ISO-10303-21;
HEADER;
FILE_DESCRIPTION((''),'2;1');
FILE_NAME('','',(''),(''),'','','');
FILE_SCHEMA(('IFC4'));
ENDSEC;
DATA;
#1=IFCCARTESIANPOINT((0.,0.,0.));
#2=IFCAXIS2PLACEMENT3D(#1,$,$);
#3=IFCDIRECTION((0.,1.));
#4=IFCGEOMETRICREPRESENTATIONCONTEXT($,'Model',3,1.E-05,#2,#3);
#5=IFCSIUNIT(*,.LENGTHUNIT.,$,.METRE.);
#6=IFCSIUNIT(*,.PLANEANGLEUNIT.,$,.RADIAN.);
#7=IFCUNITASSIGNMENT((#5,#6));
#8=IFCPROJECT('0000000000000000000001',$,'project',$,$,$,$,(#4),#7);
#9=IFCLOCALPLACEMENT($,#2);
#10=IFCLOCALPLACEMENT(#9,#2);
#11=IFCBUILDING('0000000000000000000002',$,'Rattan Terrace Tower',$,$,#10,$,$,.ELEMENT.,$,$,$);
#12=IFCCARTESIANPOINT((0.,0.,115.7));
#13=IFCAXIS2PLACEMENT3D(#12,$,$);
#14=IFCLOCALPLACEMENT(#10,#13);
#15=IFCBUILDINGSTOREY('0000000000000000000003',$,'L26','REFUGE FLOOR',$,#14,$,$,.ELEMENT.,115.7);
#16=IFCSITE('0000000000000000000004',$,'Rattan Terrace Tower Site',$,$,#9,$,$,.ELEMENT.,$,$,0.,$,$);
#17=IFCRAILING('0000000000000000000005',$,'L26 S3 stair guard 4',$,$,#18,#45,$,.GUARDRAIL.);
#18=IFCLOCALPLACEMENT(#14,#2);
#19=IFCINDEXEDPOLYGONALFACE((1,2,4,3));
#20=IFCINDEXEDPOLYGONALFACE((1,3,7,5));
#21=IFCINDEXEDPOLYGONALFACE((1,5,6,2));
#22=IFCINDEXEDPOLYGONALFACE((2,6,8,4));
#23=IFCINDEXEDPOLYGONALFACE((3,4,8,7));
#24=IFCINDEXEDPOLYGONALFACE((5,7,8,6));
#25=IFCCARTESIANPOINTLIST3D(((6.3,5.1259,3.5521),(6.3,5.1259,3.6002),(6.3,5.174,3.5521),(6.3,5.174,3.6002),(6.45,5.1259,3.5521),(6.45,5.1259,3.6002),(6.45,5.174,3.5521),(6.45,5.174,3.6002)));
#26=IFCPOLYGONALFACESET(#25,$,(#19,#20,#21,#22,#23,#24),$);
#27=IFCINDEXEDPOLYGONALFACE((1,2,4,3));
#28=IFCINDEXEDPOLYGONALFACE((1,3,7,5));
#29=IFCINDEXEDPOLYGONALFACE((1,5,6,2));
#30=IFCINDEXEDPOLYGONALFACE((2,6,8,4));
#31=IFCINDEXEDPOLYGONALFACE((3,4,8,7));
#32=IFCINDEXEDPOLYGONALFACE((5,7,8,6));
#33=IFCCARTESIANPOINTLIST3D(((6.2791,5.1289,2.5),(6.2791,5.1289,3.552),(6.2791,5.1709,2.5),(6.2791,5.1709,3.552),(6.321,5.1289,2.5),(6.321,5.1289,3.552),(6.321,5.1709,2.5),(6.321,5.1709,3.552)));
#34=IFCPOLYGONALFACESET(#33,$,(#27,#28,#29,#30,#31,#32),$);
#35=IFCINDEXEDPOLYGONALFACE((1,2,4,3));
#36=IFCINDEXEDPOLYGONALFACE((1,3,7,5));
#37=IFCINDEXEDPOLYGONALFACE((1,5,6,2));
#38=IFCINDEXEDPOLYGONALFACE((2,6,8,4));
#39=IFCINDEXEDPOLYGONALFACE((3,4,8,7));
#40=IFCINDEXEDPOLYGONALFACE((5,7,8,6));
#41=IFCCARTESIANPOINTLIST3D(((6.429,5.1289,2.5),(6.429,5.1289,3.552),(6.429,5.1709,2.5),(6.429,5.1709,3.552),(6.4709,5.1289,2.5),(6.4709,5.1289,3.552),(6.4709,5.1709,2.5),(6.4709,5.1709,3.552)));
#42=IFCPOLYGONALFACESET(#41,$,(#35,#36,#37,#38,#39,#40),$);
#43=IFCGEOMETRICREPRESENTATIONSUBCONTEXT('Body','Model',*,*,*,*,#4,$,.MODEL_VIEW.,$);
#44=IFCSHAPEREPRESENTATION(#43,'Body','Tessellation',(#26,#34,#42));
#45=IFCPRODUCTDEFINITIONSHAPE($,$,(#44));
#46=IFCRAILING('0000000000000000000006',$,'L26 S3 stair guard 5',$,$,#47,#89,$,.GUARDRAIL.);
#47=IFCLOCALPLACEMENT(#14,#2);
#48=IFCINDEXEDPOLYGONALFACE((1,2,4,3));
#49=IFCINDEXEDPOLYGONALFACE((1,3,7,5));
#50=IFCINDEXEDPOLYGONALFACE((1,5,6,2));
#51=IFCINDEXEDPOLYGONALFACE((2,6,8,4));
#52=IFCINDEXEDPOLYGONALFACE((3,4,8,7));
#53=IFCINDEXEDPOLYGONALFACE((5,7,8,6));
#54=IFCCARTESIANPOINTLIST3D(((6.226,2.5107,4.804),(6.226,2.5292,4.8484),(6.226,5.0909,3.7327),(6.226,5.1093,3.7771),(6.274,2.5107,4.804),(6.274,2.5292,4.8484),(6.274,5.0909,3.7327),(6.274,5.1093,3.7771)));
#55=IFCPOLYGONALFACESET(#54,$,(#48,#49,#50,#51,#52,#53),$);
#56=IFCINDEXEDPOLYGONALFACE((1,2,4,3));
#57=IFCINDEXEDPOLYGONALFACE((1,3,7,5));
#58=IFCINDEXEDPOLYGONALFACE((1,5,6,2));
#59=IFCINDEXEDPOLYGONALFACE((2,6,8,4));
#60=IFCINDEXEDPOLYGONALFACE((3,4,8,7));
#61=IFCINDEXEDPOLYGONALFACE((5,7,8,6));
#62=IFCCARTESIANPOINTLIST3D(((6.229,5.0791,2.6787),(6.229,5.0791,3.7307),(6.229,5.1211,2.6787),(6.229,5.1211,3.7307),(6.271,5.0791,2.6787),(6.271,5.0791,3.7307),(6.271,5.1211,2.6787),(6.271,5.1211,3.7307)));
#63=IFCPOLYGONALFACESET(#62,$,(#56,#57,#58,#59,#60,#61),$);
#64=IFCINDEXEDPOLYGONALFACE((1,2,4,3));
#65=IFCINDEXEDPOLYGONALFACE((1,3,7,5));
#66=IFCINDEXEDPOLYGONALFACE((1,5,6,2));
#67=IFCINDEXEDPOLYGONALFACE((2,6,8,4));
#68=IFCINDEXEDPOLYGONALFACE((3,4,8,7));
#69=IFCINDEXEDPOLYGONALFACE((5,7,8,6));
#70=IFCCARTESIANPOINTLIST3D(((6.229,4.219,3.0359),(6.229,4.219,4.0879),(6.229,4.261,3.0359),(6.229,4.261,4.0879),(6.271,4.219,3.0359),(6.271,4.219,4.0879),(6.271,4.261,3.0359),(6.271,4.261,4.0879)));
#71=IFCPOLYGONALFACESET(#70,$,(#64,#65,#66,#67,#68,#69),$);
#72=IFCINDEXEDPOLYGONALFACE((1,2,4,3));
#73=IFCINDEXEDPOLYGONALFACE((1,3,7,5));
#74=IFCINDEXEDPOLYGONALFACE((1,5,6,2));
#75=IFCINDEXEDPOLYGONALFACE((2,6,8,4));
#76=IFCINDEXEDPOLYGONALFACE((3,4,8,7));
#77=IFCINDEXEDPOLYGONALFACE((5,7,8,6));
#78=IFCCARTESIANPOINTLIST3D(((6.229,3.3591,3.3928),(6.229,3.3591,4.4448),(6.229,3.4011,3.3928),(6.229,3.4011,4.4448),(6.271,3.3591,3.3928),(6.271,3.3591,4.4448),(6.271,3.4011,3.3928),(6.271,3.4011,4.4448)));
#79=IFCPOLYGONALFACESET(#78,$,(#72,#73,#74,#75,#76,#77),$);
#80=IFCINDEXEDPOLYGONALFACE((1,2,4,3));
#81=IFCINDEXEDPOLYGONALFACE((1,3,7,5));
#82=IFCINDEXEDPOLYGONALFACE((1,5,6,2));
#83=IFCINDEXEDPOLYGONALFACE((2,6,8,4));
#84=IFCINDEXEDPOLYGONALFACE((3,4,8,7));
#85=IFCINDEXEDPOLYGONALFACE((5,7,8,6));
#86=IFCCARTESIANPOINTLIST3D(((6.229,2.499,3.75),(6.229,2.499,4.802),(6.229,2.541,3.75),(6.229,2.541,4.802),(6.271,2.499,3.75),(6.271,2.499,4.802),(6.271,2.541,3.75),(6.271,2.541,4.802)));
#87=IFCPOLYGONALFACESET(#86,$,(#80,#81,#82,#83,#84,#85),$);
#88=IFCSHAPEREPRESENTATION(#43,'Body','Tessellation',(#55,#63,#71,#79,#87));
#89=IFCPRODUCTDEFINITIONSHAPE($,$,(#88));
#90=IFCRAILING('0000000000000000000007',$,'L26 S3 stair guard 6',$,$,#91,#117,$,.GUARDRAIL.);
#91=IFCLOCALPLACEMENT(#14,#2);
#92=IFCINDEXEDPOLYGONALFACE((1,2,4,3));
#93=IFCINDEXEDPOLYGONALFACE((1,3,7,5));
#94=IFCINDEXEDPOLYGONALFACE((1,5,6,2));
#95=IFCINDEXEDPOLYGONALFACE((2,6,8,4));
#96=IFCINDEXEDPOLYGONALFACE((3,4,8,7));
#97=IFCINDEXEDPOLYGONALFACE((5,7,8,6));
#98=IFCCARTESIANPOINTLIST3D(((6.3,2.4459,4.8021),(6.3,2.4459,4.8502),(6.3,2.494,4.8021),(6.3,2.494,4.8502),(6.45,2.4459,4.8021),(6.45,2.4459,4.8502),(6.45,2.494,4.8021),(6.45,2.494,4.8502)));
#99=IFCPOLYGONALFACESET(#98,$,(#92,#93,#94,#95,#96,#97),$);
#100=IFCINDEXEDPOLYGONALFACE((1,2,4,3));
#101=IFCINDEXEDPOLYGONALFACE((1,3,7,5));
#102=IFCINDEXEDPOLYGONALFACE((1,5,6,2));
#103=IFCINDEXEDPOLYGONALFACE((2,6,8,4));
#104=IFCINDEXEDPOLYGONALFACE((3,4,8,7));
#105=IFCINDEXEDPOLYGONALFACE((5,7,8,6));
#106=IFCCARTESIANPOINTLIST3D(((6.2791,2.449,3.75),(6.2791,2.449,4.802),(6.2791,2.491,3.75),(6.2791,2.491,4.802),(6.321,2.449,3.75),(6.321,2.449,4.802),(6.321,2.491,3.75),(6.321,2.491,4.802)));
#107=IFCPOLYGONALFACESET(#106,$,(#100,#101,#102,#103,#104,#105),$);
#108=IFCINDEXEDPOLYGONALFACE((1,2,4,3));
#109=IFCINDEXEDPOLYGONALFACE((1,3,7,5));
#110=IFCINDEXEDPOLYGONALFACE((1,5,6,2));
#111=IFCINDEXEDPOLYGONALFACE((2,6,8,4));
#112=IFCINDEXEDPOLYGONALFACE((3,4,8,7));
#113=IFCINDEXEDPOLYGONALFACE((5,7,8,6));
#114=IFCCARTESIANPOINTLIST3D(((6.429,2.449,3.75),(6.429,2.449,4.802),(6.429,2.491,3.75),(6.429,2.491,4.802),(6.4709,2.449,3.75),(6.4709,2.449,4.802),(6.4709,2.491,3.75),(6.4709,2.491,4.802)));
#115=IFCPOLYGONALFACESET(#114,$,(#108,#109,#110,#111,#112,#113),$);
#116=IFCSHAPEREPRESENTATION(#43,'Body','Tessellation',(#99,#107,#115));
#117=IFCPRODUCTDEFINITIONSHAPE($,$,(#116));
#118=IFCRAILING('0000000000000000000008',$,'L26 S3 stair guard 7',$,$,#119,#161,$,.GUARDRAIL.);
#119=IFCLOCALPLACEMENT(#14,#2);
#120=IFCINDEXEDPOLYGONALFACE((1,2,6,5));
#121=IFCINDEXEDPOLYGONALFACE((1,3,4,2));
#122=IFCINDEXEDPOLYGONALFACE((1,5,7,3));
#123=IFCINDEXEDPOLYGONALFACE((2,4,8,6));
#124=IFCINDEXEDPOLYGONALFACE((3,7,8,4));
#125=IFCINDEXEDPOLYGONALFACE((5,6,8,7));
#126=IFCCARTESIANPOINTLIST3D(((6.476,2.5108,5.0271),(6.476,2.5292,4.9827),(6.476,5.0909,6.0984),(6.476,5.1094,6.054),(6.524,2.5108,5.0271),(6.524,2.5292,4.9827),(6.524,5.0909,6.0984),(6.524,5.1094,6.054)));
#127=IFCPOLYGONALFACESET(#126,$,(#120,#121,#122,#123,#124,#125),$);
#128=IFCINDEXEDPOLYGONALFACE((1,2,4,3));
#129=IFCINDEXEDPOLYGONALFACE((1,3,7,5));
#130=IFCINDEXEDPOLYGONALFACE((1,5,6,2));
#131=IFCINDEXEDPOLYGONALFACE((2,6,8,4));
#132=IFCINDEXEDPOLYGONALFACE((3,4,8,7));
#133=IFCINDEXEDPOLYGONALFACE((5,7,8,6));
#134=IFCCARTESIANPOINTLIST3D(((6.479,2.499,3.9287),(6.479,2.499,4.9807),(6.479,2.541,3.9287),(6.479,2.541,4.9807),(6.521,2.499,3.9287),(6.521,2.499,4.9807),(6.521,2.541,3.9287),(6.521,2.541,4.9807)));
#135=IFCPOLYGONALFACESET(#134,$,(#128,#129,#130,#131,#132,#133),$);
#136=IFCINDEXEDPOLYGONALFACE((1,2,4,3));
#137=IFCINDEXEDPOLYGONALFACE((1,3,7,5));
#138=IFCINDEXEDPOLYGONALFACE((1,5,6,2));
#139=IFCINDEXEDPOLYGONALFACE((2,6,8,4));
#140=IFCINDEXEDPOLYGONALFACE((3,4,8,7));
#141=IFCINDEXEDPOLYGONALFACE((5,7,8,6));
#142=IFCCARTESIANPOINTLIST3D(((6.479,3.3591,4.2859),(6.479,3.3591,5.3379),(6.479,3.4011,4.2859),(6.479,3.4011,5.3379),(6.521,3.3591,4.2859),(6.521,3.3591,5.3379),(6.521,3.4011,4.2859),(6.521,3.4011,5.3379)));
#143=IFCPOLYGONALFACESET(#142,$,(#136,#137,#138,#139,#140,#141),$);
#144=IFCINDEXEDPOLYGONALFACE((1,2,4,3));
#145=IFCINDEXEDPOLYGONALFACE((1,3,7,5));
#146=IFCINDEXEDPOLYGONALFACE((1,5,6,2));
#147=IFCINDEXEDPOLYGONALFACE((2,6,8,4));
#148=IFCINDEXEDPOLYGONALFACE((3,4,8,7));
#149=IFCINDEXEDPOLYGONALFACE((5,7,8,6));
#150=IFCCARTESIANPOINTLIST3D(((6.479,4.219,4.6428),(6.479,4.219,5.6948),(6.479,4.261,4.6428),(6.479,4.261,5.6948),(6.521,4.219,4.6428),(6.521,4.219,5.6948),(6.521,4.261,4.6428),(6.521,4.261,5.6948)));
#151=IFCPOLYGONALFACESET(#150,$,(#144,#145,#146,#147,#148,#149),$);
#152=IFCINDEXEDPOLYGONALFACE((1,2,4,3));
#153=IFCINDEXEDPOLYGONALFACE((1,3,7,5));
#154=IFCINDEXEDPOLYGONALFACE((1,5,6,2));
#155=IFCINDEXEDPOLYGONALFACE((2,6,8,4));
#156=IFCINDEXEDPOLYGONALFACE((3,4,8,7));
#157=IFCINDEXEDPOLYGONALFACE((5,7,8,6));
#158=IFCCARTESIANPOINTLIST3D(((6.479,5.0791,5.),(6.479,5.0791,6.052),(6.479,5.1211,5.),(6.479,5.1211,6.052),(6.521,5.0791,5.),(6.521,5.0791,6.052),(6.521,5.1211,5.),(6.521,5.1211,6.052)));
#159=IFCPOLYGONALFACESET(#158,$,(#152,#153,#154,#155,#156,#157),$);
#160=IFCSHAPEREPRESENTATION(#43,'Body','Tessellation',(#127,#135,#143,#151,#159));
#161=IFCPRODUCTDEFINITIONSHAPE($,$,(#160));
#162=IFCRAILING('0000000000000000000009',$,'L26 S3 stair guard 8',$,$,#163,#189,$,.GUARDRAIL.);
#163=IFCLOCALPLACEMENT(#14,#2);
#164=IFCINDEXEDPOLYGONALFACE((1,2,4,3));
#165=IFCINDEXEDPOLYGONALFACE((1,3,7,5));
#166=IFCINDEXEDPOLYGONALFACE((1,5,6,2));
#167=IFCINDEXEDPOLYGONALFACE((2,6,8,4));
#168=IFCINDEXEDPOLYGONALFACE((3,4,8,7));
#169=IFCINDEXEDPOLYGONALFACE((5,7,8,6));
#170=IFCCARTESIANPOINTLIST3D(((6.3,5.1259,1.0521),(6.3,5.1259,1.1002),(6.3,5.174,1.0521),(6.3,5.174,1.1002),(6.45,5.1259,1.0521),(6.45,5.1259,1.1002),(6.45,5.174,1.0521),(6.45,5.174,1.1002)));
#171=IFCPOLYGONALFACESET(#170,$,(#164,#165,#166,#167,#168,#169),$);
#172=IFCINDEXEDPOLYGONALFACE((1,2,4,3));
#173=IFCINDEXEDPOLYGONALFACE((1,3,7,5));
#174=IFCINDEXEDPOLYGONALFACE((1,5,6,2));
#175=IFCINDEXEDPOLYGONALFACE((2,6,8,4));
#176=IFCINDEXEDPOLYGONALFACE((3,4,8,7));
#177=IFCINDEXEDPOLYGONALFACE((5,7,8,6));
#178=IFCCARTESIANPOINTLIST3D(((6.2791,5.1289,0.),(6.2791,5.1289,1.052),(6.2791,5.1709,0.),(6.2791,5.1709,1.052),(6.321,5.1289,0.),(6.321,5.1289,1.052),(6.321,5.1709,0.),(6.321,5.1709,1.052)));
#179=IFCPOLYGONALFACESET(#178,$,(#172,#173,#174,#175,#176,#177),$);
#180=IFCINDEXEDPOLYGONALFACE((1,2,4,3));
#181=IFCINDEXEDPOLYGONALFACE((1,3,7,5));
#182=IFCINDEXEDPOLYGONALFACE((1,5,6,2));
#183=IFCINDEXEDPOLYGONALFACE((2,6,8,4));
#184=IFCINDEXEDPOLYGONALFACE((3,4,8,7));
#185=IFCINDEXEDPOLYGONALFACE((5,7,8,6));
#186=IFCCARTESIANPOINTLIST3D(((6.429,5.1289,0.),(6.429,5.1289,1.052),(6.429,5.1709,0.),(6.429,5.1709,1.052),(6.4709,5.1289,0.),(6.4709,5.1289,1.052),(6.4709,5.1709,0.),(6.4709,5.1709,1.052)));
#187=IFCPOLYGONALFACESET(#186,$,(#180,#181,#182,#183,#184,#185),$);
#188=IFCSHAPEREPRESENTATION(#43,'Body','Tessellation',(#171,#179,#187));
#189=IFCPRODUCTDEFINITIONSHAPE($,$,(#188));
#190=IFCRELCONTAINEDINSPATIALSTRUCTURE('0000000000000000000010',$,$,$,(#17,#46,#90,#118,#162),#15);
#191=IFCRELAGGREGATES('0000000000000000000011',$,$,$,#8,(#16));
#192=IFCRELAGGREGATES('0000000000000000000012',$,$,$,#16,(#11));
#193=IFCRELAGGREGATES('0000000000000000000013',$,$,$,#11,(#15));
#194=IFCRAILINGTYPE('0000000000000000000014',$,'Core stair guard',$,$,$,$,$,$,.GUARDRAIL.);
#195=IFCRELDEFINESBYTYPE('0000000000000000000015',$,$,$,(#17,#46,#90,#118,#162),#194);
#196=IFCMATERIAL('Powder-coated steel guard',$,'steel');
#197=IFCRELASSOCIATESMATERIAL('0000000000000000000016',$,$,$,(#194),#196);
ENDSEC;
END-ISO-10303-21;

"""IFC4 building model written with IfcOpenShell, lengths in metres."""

from ifc_helpers import new_model, si_unit, direction, frame, origin, origin_2d, place, context, subcontext, project, spatial, rectangle, extrude, material, type_object, element, save


model = new_model("IFC4")

# Units and contexts
model_context = context("Model", 3, precision=1e-05, world=origin(), true_north=direction((0.0, 1.0)))
body_context = subcontext(model_context, "Body", "Model", "MODEL_VIEW")
ifc_project = project(units=[si_unit("LENGTHUNIT", "METRE"), si_unit("PLANEANGLEUNIT", "RADIAN")], contexts=[model_context])

# Site, building, storey
site_placement = place(None, origin())
site = spatial("IfcSite", under=ifc_project, at=site_placement, Name="Rattan Terrace Tower Site", CompositionType="ELEMENT", RefElevation=0.0)
building_placement = place(site_placement, origin())
building = spatial("IfcBuilding", under=site, at=building_placement, Name="Rattan Terrace Tower", CompositionType="ELEMENT")
storey_placement = place(building_placement, frame((0.0, 0.0, 115.7)))
storey = spatial("IfcBuildingStorey", under=building, at=storey_placement, Name="L26", Description="REFUGE FLOOR", CompositionType="ELEMENT", Elevation=115.7)

# Railings
ifc_material_1 = material(Name="Powder-coated steel guard", Category="steel")
railing_type_1 = type_object("IfcRailingType", Name="Core stair guard", PredefinedType="GUARDRAIL", material=ifc_material_1)
railing_1_placement = place(storey_placement, frame((6.3, 5.1499, 2.5)))
element("IfcRailing", 1, at=railing_1_placement, inside=storey, type_object=railing_type_1, Name="L26 S3 stair guard 4", PredefinedType="GUARDRAIL", context=body_context, shape_type="SweptSolid", body=[
    extrude(rectangle(XDim=0.0481, YDim=0.0481, at=origin_2d()), frame((0.0, 0.0, 1.0762), z_axis=(1.0, 0.0, 0.0), x_axis=(0.0, 1.0, 0.0)), (0.0, 0.0, 1.0), 0.1499),
    extrude(rectangle(XDim=0.042, YDim=0.042, at=origin_2d()), origin(), (0.0, 0.0, 1.0), 1.052),
    extrude(rectangle(XDim=0.042, YDim=0.042, at=origin_2d()), frame((0.1499, 0.0, 0.0)), (0.0, 0.0, 1.0), 1.052),
])
railing_2_placement = place(storey_placement, frame((6.25, 5.1001, 2.6787)))
element("IfcRailing", 2, at=railing_2_placement, inside=storey, type_object=railing_type_1, Name="L26 S3 stair guard 5", PredefinedType="GUARDRAIL", context=body_context, shape_type="SweptSolid", body=[
    extrude(rectangle(XDim=0.0481, YDim=0.0481, at=origin_2d()), frame((0.0, 0.0, 1.0762), z_axis=(0.0, -0.923552, 0.383473), x_axis=(1.0, 0.0, 0.0)), (0.0, 0.0, 1.0), 2.7937),
    extrude(rectangle(XDim=0.042, YDim=0.042, at=origin_2d()), origin(), (0.0, 0.0, 1.0), 1.052),
    extrude(rectangle(XDim=0.042, YDim=0.042, at=origin_2d()), frame((0.0, -0.8601, 0.3572)), (0.0, 0.0, 1.0), 1.052),
    extrude(rectangle(XDim=0.042, YDim=0.042, at=origin_2d()), frame((0.0, -1.72, 0.7141)), (0.0, 0.0, 1.0), 1.052),
    extrude(rectangle(XDim=0.042, YDim=0.042, at=origin_2d()), frame((0.0, -2.5801, 1.0713)), (0.0, 0.0, 1.0), 1.052),
])
railing_3_placement = place(storey_placement, frame((6.3, 2.47, 3.75)))
element("IfcRailing", 3, at=railing_3_placement, inside=storey, type_object=railing_type_1, Name="L26 S3 stair guard 6", PredefinedType="GUARDRAIL", context=body_context, shape_type="SweptSolid", body=[
    extrude(rectangle(XDim=0.0481, YDim=0.0481, at=origin_2d()), frame((0.0, 0.0, 1.0762), z_axis=(1.0, 0.0, 0.0), x_axis=(0.0, 1.0, 0.0)), (0.0, 0.0, 1.0), 0.1499),
    extrude(rectangle(XDim=0.042, YDim=0.042, at=origin_2d()), origin(), (0.0, 0.0, 1.0), 1.052),
    extrude(rectangle(XDim=0.042, YDim=0.042, at=origin_2d()), frame((0.1499, 0.0, 0.0)), (0.0, 0.0, 1.0), 1.052),
])
railing_4_placement = place(storey_placement, frame((6.5, 2.52, 3.9287)))
element("IfcRailing", 4, at=railing_4_placement, inside=storey, type_object=railing_type_1, Name="L26 S3 stair guard 7", PredefinedType="GUARDRAIL", context=body_context, shape_type="SweptSolid", body=[
    extrude(rectangle(XDim=0.0481, YDim=0.0481, at=origin_2d()), frame((0.0, 0.0, 1.0762), z_axis=(0.0, 0.923552, 0.383473), x_axis=(-1.0, 0.0, 0.0)), (0.0, 0.0, 1.0), 2.7937),
    extrude(rectangle(XDim=0.042, YDim=0.042, at=origin_2d()), origin(), (0.0, 0.0, 1.0), 1.052),
    extrude(rectangle(XDim=0.042, YDim=0.042, at=origin_2d()), frame((0.0, 0.8601, 0.3572)), (0.0, 0.0, 1.0), 1.052),
    extrude(rectangle(XDim=0.042, YDim=0.042, at=origin_2d()), frame((0.0, 1.72, 0.7141)), (0.0, 0.0, 1.0), 1.052),
    extrude(rectangle(XDim=0.042, YDim=0.042, at=origin_2d()), frame((0.0, 2.5801, 1.0713)), (0.0, 0.0, 1.0), 1.052),
])
railing_5_placement = place(storey_placement, frame((6.3, 5.1499, 0.0)))
element("IfcRailing", 5, at=railing_5_placement, inside=storey, type_object=railing_type_1, Name="L26 S3 stair guard 8", PredefinedType="GUARDRAIL", context=body_context, shape_type="SweptSolid", body=[
    extrude(rectangle(XDim=0.0481, YDim=0.0481, at=origin_2d()), frame((0.0, 0.0, 1.0762), z_axis=(1.0, 0.0, 0.0), x_axis=(0.0, 1.0, 0.0)), (0.0, 0.0, 1.0), 0.1499),
    extrude(rectangle(XDim=0.042, YDim=0.042, at=origin_2d()), origin(), (0.0, 0.0, 1.0), 1.052),
    extrude(rectangle(XDim=0.042, YDim=0.042, at=origin_2d()), frame((0.1499, 0.0, 0.0)), (0.0, 0.0, 1.0), 1.052),
])

save(model, "model.ifc")
